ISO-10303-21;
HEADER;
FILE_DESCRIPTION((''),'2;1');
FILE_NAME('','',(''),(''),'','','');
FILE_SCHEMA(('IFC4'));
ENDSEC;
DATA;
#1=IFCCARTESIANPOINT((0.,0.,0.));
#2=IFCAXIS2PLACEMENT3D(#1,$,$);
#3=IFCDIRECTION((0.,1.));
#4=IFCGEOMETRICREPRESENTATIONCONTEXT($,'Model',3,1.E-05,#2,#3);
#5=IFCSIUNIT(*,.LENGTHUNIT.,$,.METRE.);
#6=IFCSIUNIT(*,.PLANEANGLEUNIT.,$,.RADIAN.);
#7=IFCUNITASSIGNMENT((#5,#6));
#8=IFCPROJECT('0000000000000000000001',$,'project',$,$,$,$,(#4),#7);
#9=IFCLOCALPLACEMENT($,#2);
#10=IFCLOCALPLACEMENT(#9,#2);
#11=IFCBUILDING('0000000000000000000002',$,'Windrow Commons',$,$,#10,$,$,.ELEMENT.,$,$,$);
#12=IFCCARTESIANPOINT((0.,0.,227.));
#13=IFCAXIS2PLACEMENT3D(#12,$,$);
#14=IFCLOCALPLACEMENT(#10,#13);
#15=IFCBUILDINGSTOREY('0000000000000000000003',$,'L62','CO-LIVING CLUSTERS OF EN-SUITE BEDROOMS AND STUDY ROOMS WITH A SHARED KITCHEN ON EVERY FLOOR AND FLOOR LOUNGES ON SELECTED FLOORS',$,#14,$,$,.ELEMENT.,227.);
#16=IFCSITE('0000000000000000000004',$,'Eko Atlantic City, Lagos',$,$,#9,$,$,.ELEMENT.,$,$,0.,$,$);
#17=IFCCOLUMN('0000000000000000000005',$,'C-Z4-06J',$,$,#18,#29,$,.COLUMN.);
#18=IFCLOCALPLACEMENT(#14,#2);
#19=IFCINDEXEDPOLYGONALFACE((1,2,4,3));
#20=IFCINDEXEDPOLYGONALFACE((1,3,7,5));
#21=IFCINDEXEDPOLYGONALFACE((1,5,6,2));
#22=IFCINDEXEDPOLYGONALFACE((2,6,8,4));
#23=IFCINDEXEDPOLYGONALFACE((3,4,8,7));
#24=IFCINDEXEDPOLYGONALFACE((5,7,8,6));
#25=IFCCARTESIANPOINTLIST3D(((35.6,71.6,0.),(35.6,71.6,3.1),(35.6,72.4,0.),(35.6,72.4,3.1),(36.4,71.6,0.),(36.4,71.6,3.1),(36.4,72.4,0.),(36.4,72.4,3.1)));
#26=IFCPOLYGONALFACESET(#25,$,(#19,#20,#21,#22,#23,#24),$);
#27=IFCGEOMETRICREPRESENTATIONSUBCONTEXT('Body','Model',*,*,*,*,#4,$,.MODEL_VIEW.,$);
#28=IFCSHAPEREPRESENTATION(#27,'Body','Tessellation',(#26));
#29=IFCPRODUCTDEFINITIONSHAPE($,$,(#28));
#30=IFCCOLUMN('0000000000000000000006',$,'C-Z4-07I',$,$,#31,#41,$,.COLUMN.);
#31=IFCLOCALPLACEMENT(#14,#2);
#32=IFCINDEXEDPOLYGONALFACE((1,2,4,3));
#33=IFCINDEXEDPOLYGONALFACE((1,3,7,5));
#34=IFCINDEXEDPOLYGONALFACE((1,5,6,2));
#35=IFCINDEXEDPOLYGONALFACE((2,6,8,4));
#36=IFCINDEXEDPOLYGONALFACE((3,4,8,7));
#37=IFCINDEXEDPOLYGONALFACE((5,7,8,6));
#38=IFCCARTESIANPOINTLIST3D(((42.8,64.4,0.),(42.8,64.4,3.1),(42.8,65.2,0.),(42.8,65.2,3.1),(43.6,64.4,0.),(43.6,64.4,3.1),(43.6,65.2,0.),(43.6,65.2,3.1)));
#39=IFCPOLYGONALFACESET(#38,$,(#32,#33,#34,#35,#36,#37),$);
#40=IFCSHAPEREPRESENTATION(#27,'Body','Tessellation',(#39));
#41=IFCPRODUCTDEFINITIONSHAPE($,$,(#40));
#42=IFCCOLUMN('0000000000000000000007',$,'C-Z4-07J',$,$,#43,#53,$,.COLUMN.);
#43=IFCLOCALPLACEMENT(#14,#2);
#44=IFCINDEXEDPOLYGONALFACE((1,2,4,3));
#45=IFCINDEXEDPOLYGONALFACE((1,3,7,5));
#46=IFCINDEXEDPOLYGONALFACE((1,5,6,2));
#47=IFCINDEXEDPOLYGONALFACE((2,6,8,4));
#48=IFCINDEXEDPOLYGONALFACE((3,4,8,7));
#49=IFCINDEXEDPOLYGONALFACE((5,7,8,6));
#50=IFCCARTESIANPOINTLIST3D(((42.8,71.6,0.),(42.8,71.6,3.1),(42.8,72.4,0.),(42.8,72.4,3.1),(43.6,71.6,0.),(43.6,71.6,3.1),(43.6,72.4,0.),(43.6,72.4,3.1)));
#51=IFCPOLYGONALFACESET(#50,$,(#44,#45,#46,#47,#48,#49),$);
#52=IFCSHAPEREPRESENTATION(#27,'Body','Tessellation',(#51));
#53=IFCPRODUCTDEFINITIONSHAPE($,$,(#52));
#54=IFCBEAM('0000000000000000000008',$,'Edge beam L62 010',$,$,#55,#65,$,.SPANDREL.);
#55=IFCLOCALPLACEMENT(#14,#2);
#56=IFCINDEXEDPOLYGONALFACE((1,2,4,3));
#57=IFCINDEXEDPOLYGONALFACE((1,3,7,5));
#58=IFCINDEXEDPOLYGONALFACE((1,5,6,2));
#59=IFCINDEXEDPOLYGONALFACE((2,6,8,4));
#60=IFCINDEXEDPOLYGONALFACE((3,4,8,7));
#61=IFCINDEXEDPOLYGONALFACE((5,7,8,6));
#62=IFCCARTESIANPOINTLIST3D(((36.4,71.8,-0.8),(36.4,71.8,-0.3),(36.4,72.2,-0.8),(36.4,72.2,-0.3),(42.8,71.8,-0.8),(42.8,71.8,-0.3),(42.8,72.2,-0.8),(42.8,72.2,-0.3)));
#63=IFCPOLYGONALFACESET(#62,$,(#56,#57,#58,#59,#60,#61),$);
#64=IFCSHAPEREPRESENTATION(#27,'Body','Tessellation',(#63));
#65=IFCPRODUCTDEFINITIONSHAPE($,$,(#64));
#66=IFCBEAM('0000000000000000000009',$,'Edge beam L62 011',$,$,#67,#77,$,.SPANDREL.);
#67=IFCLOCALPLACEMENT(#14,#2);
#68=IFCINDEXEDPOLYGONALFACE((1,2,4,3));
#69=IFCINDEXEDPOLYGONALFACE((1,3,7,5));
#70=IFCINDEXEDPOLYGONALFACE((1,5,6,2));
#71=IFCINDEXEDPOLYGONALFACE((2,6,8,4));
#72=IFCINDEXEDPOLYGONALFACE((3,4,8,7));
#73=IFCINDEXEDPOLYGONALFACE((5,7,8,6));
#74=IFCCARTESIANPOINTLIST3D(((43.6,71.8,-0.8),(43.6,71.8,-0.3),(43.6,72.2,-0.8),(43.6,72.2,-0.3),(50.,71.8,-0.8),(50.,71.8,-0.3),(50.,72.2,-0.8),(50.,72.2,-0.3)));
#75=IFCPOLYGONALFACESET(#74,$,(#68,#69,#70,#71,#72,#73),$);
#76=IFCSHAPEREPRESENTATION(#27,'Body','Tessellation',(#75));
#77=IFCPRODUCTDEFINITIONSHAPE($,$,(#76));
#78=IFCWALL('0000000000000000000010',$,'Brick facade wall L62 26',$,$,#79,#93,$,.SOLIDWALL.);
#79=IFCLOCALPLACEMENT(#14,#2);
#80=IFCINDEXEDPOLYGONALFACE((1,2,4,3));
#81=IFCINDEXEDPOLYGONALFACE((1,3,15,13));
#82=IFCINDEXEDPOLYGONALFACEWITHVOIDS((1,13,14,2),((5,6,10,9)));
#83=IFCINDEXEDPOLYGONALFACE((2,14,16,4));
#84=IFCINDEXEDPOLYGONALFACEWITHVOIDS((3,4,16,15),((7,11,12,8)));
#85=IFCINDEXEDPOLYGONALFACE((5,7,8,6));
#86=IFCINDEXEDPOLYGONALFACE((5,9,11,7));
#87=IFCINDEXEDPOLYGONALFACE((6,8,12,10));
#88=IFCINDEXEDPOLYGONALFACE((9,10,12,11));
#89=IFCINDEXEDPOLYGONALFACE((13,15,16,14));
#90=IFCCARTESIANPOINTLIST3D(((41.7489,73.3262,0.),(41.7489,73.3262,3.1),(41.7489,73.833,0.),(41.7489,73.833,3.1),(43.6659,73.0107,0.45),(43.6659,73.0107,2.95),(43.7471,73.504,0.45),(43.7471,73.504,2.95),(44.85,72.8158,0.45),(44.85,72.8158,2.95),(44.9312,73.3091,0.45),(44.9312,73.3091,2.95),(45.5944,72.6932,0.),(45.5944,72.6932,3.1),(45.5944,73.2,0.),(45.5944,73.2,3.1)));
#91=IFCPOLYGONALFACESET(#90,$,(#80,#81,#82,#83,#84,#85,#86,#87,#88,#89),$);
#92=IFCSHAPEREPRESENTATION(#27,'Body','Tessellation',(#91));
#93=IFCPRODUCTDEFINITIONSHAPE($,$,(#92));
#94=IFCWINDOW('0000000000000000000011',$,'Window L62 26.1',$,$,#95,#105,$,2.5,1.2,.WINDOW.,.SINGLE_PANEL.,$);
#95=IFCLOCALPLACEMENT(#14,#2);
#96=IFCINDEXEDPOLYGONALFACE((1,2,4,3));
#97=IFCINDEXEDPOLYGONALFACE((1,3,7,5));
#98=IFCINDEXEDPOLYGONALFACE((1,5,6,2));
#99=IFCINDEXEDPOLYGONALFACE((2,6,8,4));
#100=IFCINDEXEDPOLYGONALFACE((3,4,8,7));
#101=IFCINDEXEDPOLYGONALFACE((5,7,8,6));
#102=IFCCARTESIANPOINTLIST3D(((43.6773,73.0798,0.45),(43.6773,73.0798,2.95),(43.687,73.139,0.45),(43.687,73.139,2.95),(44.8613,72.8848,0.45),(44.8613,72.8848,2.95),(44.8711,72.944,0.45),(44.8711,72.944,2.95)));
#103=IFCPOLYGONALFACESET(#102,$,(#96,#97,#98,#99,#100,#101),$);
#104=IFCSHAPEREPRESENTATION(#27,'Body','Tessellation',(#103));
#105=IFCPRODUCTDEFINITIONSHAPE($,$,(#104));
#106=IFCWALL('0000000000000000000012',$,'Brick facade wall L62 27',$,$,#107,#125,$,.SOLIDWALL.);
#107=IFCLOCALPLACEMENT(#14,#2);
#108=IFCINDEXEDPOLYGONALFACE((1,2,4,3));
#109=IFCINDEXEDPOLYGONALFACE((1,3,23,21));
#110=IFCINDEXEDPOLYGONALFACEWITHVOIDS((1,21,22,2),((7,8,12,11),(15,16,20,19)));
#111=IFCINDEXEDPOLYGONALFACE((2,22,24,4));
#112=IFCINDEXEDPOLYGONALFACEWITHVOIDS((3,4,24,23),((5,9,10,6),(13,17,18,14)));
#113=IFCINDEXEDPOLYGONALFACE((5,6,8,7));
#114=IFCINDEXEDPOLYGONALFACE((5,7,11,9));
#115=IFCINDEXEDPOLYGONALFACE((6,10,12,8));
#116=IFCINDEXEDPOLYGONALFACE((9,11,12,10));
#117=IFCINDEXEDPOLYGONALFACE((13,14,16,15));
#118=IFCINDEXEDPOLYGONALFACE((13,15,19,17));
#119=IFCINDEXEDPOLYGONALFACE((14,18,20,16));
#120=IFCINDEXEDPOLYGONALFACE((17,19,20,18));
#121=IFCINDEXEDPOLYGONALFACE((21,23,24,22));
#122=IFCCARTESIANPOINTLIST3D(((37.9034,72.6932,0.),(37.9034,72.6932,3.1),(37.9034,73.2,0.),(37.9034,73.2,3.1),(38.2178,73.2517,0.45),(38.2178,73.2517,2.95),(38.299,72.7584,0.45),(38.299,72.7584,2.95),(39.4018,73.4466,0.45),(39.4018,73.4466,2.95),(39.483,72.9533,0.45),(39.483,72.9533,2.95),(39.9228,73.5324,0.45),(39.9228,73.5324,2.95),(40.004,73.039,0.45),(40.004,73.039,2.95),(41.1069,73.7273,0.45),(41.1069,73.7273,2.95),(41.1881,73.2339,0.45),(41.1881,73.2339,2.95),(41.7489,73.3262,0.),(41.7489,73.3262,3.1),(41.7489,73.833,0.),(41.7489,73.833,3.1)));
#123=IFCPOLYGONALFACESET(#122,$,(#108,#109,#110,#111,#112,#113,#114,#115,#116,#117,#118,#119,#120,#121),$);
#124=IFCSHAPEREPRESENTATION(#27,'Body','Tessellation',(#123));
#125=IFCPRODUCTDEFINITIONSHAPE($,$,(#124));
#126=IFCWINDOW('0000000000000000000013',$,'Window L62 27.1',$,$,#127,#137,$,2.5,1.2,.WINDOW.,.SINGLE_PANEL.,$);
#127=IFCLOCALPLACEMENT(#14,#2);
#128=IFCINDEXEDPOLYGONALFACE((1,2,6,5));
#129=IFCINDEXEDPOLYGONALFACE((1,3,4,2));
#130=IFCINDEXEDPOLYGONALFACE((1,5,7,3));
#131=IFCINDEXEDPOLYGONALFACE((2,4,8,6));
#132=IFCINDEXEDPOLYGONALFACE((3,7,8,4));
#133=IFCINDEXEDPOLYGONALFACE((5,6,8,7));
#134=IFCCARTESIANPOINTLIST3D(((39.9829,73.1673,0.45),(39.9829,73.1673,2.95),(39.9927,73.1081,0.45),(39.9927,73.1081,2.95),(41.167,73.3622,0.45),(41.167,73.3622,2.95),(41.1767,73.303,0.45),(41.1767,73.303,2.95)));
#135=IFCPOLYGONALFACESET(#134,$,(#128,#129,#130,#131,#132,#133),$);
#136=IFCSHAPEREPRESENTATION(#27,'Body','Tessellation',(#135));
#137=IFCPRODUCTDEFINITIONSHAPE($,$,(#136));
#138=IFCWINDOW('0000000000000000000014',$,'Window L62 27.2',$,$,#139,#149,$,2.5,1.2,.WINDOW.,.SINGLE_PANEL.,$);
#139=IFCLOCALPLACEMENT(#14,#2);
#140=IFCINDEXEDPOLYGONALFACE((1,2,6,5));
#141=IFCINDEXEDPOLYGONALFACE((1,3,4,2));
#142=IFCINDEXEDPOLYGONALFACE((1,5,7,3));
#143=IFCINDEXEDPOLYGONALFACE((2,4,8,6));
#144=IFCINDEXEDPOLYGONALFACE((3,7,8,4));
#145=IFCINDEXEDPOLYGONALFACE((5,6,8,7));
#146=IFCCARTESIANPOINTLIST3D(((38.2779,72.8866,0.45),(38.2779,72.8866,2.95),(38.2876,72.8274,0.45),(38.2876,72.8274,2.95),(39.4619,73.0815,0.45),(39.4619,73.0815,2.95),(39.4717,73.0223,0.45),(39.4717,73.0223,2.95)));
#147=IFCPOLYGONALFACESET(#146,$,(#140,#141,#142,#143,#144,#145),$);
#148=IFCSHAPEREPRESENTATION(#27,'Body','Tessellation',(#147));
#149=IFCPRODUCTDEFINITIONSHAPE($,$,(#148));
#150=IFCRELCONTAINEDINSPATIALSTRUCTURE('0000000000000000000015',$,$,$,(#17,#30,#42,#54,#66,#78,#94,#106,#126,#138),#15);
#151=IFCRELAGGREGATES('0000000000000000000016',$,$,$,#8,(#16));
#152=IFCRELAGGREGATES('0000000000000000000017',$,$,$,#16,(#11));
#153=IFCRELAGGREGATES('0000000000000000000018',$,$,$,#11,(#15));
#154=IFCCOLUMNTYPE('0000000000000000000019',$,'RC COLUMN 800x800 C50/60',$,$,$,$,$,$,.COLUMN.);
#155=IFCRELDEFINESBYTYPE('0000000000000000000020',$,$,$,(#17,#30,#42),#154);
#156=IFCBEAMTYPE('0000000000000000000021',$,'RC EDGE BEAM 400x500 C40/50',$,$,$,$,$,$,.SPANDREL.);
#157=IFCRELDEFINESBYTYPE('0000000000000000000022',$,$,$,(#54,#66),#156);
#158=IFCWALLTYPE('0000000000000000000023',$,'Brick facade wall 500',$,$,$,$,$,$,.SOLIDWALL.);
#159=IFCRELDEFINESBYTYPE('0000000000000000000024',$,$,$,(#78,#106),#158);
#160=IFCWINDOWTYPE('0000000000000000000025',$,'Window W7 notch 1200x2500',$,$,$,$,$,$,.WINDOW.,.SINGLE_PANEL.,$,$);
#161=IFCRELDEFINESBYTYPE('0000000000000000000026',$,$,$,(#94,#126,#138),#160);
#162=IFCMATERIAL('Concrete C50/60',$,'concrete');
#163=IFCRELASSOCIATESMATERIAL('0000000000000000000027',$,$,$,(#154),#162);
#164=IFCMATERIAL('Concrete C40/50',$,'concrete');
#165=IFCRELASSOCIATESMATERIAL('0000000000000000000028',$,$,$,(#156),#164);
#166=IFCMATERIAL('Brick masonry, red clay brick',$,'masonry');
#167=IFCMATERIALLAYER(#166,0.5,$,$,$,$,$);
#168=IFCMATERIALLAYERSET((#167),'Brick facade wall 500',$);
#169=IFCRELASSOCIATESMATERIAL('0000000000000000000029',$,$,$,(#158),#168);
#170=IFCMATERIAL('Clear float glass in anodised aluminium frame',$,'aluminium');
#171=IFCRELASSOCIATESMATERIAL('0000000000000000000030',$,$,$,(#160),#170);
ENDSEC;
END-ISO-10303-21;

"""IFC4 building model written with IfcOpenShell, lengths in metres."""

from ifc_helpers import new_model, si_unit, direction, frame, frame_2d, origin, origin_2d, place, context, subcontext, project, spatial, polyline, rectangle, outline, extrude, material, layer, layer_set, material_profile, profile_set, type_object, element, fill, save


model = new_model("IFC4")

# Units and contexts
model_context = context("Model", 3, precision=1e-05, world=origin(), true_north=direction((0.0, 1.0)))
body_context = subcontext(model_context, "Body", "Model", "MODEL_VIEW")
ifc_project = project(units=[si_unit("LENGTHUNIT", "METRE"), si_unit("PLANEANGLEUNIT", "RADIAN")], contexts=[model_context])

# Site, building, storey
site_placement = place(None, origin())
site = spatial("IfcSite", under=ifc_project, at=site_placement, Name="Eko Atlantic City, Lagos", CompositionType="ELEMENT", RefElevation=0.0)
building_placement = place(site_placement, origin())
building = spatial("IfcBuilding", under=site, at=building_placement, Name="Windrow Commons", CompositionType="ELEMENT")
storey_placement = place(building_placement, frame((0.0, 0.0, 227.0)))
storey = spatial("IfcBuildingStorey", under=building, at=storey_placement, Name="L62", Description="CO-LIVING CLUSTERS OF EN-SUITE BEDROOMS AND STUDY ROOMS WITH A SHARED KITCHEN ON EVERY FLOOR AND FLOOR LOUNGES ON SELECTED FLOORS", CompositionType="ELEMENT", Elevation=227.0)

# Columns
ifc_material_1 = material(Name="Concrete C50/60", Category="concrete")
ifc_material_profile_1 = material_profile(ifc_material_1, rectangle(XDim=0.8, YDim=0.8, at=origin_2d()))
ifc_profile_set_1 = profile_set([ifc_material_profile_1], Name="Concrete C50/60")
column_type = type_object("IfcColumnType", Name="RC COLUMN 800x800 C50/60", PredefinedType="COLUMN", material=ifc_profile_set_1)
for number, where, z_axis, x_axis, name in (
    (1, (36.0, 72.0, 0.0), (0.0, 0.0, 1.0), (1.0, 0.0, 0.0), "C-Z4-06J"),
    (2, (43.2, 64.8, 0.0), (0.0, 0.0, 1.0), (1.0, 0.0, 0.0), "C-Z4-07I"),
    (3, (43.2, 72.0, 0.0), (0.0, 0.0, 1.0), (1.0, 0.0, 0.0), "C-Z4-07J"),
):
    element("IfcColumn", number, at=place(storey_placement, frame(where, z_axis=z_axis, x_axis=x_axis)), inside=storey, type_object=column_type, Name=name, PredefinedType="COLUMN", context=body_context, shape_type="SweptSolid", body=[
        extrude(rectangle(XDim=0.8, YDim=0.8, at=origin_2d()), origin(), (0.0, 0.0, 1.0), 3.1),
    ])

# Beams
ifc_material_2 = material(Name="Concrete C40/50", Category="concrete")
ifc_material_profile_2 = material_profile(ifc_material_2, rectangle(XDim=0.4, YDim=0.5, at=origin_2d()))
ifc_profile_set_2 = profile_set([ifc_material_profile_2], Name="Concrete C40/50")
beam_type = type_object("IfcBeamType", Name="RC EDGE BEAM 400x500 C40/50", PredefinedType="SPANDREL", material=ifc_profile_set_2)
for number, where, z_axis, x_axis, name in (
    (4, (36.4, 72.0, -0.55), (1.0, 0.0, 0.0), (0.0, 1.0, 0.0), "Edge beam L62 010"),
    (5, (43.6, 72.0, -0.55), (1.0, 0.0, 0.0), (0.0, 1.0, 0.0), "Edge beam L62 011"),
):
    element("IfcBeam", number, at=place(storey_placement, frame(where, z_axis=z_axis, x_axis=x_axis)), inside=storey, type_object=beam_type, Name=name, PredefinedType="SPANDREL", context=body_context, shape_type="SweptSolid", body=[
        extrude(rectangle(XDim=0.4, YDim=0.5, at=origin_2d()), origin(), (0.0, 0.0, 1.0), 6.4),
    ])

# Wall, opening, window
ifc_material_3 = material(Name="Brick masonry, red clay brick", Category="masonry")
ifc_layer_1 = layer(ifc_material_3, 0.5)
ifc_layer_set_1 = layer_set([ifc_layer_1], Name="Brick facade wall 500")
wall_type_1 = type_object("IfcWallType", Name="Brick facade wall 500", PredefinedType="SOLIDWALL", material=ifc_layer_set_1)
wall_1_placement = place(storey_placement, frame((45.5944, 72.9466, 0.0), z_axis=(0.0, 0.0, 1.0), x_axis=(-0.986721, 0.162422, 0.0)))
wall_1 = element("IfcWall", 6, at=wall_1_placement, inside=storey, type_object=wall_type_1, Name="Brick facade wall L62 26", PredefinedType="SOLIDWALL", context=body_context, shape_type="SweptSolid", body=[
    extrude(outline(polyline([(0.0412, -0.25), (3.9384, -0.25), (3.8561, 0.25), (-0.0412, 0.25), (0.0412, -0.25)])), origin(), (0.0, 0.0, 1.0), 3.1),
])
opening_1_placement = place(wall_1_placement, frame((0.7133, 0.0, 0.45)))
opening_1 = element("IfcOpeningElement", 7, at=opening_1_placement, cuts=wall_1, PredefinedType="OPENING", context=body_context, shape_type="SweptSolid", body=[
    extrude(rectangle(XDim=1.2, YDim=2.5, at=frame_2d((0.6, 1.25))), frame((0.0, 0.26, 0.0), z_axis=(0.0, -1.0, 0.0), x_axis=(1.0, 0.0, 0.0)), (0.0, 0.0, 1.0), 0.52),
])
ifc_material_4 = material(Name="Clear float glass in anodised aluminium frame", Category="aluminium")
window_type = type_object("IfcWindowType", Name="Window W7 notch 1200x2500", PartitioningType="SINGLE_PANEL", PredefinedType="WINDOW", material=ifc_material_4)
window_1_placement = place(opening_1_placement, origin())
window_1 = element("IfcWindow", 8, at=window_1_placement, inside=storey, type_object=window_type, Name="Window L62 26.1", OverallHeight=2.5, OverallWidth=1.2, PartitioningType="SINGLE_PANEL", PredefinedType="WINDOW", context=body_context, shape_type="SweptSolid", body=[
    extrude(rectangle(XDim=1.2, YDim=2.5, at=frame_2d((0.6, 1.25))), frame((0.0, 0.18, 0.0), z_axis=(0.0, -1.0, 0.0), x_axis=(1.0, 0.0, 0.0)), (0.0, 0.0, 1.0), 0.06),
])
fill(opening_1, window_1)

# Wall, openings, windows
wall_2_placement = place(storey_placement, frame((41.7489, 73.5796, 0.0), z_axis=(0.0, 0.0, 1.0), x_axis=(-0.986721, -0.162422, 0.0)))
wall_2 = element("IfcWall", 9, at=wall_2_placement, inside=storey, type_object=wall_type_1, Name="Brick facade wall L62 27", PredefinedType="SOLIDWALL", context=body_context, shape_type="SweptSolid", body=[
    extrude(outline(polyline([(-0.0412, -0.25), (3.8561, -0.25), (3.9384, 0.25), (0.0412, 0.25), (-0.0412, -0.25)])), origin(), (0.0, 0.0, 1.0), 3.1),
])
opening_2_placement = place(wall_2_placement, frame((0.6095, 0.0, 0.45)))
opening_2 = element("IfcOpeningElement", 10, at=opening_2_placement, cuts=wall_2, PredefinedType="OPENING", context=body_context, shape_type="SweptSolid", body=[
    extrude(rectangle(XDim=1.2, YDim=2.5, at=frame_2d((0.6, 1.25))), frame((0.0, 0.26, 0.0), z_axis=(0.0, -1.0, 0.0), x_axis=(1.0, 0.0, 0.0)), (0.0, 0.0, 1.0), 0.52),
])
opening_3_placement = place(wall_2_placement, frame((2.3375, 0.0, 0.45)))
opening_3 = element("IfcOpeningElement", 11, at=opening_3_placement, cuts=wall_2, PredefinedType="OPENING", context=body_context, shape_type="SweptSolid", body=[
    extrude(rectangle(XDim=1.2, YDim=2.5, at=frame_2d((0.6, 1.25))), frame((0.0, 0.26, 0.0), z_axis=(0.0, -1.0, 0.0), x_axis=(1.0, 0.0, 0.0)), (0.0, 0.0, 1.0), 0.52),
])
window_2_placement = place(opening_2_placement, origin())
window_2 = element("IfcWindow", 12, at=window_2_placement, inside=storey, type_object=window_type, Name="Window L62 27.1", OverallHeight=2.5, OverallWidth=1.2, PartitioningType="SINGLE_PANEL", PredefinedType="WINDOW", context=body_context, shape_type="SweptSolid", body=[
    extrude(rectangle(XDim=1.2, YDim=2.5, at=frame_2d((0.6, 1.25))), frame((0.0, 0.18, 0.0), z_axis=(0.0, -1.0, 0.0), x_axis=(1.0, 0.0, 0.0)), (0.0, 0.0, 1.0), 0.06),
])
fill(opening_2, window_2)
window_3_placement = place(opening_3_placement, origin())
window_3 = element("IfcWindow", 13, at=window_3_placement, inside=storey, type_object=window_type, Name="Window L62 27.2", OverallHeight=2.5, OverallWidth=1.2, PartitioningType="SINGLE_PANEL", PredefinedType="WINDOW", context=body_context, shape_type="SweptSolid", body=[
    extrude(rectangle(XDim=1.2, YDim=2.5, at=frame_2d((0.6, 1.25))), frame((0.0, 0.18, 0.0), z_axis=(0.0, -1.0, 0.0), x_axis=(1.0, 0.0, 0.0)), (0.0, 0.0, 1.0), 0.06),
])
fill(opening_3, window_3)

save(model, "model.ifc")
